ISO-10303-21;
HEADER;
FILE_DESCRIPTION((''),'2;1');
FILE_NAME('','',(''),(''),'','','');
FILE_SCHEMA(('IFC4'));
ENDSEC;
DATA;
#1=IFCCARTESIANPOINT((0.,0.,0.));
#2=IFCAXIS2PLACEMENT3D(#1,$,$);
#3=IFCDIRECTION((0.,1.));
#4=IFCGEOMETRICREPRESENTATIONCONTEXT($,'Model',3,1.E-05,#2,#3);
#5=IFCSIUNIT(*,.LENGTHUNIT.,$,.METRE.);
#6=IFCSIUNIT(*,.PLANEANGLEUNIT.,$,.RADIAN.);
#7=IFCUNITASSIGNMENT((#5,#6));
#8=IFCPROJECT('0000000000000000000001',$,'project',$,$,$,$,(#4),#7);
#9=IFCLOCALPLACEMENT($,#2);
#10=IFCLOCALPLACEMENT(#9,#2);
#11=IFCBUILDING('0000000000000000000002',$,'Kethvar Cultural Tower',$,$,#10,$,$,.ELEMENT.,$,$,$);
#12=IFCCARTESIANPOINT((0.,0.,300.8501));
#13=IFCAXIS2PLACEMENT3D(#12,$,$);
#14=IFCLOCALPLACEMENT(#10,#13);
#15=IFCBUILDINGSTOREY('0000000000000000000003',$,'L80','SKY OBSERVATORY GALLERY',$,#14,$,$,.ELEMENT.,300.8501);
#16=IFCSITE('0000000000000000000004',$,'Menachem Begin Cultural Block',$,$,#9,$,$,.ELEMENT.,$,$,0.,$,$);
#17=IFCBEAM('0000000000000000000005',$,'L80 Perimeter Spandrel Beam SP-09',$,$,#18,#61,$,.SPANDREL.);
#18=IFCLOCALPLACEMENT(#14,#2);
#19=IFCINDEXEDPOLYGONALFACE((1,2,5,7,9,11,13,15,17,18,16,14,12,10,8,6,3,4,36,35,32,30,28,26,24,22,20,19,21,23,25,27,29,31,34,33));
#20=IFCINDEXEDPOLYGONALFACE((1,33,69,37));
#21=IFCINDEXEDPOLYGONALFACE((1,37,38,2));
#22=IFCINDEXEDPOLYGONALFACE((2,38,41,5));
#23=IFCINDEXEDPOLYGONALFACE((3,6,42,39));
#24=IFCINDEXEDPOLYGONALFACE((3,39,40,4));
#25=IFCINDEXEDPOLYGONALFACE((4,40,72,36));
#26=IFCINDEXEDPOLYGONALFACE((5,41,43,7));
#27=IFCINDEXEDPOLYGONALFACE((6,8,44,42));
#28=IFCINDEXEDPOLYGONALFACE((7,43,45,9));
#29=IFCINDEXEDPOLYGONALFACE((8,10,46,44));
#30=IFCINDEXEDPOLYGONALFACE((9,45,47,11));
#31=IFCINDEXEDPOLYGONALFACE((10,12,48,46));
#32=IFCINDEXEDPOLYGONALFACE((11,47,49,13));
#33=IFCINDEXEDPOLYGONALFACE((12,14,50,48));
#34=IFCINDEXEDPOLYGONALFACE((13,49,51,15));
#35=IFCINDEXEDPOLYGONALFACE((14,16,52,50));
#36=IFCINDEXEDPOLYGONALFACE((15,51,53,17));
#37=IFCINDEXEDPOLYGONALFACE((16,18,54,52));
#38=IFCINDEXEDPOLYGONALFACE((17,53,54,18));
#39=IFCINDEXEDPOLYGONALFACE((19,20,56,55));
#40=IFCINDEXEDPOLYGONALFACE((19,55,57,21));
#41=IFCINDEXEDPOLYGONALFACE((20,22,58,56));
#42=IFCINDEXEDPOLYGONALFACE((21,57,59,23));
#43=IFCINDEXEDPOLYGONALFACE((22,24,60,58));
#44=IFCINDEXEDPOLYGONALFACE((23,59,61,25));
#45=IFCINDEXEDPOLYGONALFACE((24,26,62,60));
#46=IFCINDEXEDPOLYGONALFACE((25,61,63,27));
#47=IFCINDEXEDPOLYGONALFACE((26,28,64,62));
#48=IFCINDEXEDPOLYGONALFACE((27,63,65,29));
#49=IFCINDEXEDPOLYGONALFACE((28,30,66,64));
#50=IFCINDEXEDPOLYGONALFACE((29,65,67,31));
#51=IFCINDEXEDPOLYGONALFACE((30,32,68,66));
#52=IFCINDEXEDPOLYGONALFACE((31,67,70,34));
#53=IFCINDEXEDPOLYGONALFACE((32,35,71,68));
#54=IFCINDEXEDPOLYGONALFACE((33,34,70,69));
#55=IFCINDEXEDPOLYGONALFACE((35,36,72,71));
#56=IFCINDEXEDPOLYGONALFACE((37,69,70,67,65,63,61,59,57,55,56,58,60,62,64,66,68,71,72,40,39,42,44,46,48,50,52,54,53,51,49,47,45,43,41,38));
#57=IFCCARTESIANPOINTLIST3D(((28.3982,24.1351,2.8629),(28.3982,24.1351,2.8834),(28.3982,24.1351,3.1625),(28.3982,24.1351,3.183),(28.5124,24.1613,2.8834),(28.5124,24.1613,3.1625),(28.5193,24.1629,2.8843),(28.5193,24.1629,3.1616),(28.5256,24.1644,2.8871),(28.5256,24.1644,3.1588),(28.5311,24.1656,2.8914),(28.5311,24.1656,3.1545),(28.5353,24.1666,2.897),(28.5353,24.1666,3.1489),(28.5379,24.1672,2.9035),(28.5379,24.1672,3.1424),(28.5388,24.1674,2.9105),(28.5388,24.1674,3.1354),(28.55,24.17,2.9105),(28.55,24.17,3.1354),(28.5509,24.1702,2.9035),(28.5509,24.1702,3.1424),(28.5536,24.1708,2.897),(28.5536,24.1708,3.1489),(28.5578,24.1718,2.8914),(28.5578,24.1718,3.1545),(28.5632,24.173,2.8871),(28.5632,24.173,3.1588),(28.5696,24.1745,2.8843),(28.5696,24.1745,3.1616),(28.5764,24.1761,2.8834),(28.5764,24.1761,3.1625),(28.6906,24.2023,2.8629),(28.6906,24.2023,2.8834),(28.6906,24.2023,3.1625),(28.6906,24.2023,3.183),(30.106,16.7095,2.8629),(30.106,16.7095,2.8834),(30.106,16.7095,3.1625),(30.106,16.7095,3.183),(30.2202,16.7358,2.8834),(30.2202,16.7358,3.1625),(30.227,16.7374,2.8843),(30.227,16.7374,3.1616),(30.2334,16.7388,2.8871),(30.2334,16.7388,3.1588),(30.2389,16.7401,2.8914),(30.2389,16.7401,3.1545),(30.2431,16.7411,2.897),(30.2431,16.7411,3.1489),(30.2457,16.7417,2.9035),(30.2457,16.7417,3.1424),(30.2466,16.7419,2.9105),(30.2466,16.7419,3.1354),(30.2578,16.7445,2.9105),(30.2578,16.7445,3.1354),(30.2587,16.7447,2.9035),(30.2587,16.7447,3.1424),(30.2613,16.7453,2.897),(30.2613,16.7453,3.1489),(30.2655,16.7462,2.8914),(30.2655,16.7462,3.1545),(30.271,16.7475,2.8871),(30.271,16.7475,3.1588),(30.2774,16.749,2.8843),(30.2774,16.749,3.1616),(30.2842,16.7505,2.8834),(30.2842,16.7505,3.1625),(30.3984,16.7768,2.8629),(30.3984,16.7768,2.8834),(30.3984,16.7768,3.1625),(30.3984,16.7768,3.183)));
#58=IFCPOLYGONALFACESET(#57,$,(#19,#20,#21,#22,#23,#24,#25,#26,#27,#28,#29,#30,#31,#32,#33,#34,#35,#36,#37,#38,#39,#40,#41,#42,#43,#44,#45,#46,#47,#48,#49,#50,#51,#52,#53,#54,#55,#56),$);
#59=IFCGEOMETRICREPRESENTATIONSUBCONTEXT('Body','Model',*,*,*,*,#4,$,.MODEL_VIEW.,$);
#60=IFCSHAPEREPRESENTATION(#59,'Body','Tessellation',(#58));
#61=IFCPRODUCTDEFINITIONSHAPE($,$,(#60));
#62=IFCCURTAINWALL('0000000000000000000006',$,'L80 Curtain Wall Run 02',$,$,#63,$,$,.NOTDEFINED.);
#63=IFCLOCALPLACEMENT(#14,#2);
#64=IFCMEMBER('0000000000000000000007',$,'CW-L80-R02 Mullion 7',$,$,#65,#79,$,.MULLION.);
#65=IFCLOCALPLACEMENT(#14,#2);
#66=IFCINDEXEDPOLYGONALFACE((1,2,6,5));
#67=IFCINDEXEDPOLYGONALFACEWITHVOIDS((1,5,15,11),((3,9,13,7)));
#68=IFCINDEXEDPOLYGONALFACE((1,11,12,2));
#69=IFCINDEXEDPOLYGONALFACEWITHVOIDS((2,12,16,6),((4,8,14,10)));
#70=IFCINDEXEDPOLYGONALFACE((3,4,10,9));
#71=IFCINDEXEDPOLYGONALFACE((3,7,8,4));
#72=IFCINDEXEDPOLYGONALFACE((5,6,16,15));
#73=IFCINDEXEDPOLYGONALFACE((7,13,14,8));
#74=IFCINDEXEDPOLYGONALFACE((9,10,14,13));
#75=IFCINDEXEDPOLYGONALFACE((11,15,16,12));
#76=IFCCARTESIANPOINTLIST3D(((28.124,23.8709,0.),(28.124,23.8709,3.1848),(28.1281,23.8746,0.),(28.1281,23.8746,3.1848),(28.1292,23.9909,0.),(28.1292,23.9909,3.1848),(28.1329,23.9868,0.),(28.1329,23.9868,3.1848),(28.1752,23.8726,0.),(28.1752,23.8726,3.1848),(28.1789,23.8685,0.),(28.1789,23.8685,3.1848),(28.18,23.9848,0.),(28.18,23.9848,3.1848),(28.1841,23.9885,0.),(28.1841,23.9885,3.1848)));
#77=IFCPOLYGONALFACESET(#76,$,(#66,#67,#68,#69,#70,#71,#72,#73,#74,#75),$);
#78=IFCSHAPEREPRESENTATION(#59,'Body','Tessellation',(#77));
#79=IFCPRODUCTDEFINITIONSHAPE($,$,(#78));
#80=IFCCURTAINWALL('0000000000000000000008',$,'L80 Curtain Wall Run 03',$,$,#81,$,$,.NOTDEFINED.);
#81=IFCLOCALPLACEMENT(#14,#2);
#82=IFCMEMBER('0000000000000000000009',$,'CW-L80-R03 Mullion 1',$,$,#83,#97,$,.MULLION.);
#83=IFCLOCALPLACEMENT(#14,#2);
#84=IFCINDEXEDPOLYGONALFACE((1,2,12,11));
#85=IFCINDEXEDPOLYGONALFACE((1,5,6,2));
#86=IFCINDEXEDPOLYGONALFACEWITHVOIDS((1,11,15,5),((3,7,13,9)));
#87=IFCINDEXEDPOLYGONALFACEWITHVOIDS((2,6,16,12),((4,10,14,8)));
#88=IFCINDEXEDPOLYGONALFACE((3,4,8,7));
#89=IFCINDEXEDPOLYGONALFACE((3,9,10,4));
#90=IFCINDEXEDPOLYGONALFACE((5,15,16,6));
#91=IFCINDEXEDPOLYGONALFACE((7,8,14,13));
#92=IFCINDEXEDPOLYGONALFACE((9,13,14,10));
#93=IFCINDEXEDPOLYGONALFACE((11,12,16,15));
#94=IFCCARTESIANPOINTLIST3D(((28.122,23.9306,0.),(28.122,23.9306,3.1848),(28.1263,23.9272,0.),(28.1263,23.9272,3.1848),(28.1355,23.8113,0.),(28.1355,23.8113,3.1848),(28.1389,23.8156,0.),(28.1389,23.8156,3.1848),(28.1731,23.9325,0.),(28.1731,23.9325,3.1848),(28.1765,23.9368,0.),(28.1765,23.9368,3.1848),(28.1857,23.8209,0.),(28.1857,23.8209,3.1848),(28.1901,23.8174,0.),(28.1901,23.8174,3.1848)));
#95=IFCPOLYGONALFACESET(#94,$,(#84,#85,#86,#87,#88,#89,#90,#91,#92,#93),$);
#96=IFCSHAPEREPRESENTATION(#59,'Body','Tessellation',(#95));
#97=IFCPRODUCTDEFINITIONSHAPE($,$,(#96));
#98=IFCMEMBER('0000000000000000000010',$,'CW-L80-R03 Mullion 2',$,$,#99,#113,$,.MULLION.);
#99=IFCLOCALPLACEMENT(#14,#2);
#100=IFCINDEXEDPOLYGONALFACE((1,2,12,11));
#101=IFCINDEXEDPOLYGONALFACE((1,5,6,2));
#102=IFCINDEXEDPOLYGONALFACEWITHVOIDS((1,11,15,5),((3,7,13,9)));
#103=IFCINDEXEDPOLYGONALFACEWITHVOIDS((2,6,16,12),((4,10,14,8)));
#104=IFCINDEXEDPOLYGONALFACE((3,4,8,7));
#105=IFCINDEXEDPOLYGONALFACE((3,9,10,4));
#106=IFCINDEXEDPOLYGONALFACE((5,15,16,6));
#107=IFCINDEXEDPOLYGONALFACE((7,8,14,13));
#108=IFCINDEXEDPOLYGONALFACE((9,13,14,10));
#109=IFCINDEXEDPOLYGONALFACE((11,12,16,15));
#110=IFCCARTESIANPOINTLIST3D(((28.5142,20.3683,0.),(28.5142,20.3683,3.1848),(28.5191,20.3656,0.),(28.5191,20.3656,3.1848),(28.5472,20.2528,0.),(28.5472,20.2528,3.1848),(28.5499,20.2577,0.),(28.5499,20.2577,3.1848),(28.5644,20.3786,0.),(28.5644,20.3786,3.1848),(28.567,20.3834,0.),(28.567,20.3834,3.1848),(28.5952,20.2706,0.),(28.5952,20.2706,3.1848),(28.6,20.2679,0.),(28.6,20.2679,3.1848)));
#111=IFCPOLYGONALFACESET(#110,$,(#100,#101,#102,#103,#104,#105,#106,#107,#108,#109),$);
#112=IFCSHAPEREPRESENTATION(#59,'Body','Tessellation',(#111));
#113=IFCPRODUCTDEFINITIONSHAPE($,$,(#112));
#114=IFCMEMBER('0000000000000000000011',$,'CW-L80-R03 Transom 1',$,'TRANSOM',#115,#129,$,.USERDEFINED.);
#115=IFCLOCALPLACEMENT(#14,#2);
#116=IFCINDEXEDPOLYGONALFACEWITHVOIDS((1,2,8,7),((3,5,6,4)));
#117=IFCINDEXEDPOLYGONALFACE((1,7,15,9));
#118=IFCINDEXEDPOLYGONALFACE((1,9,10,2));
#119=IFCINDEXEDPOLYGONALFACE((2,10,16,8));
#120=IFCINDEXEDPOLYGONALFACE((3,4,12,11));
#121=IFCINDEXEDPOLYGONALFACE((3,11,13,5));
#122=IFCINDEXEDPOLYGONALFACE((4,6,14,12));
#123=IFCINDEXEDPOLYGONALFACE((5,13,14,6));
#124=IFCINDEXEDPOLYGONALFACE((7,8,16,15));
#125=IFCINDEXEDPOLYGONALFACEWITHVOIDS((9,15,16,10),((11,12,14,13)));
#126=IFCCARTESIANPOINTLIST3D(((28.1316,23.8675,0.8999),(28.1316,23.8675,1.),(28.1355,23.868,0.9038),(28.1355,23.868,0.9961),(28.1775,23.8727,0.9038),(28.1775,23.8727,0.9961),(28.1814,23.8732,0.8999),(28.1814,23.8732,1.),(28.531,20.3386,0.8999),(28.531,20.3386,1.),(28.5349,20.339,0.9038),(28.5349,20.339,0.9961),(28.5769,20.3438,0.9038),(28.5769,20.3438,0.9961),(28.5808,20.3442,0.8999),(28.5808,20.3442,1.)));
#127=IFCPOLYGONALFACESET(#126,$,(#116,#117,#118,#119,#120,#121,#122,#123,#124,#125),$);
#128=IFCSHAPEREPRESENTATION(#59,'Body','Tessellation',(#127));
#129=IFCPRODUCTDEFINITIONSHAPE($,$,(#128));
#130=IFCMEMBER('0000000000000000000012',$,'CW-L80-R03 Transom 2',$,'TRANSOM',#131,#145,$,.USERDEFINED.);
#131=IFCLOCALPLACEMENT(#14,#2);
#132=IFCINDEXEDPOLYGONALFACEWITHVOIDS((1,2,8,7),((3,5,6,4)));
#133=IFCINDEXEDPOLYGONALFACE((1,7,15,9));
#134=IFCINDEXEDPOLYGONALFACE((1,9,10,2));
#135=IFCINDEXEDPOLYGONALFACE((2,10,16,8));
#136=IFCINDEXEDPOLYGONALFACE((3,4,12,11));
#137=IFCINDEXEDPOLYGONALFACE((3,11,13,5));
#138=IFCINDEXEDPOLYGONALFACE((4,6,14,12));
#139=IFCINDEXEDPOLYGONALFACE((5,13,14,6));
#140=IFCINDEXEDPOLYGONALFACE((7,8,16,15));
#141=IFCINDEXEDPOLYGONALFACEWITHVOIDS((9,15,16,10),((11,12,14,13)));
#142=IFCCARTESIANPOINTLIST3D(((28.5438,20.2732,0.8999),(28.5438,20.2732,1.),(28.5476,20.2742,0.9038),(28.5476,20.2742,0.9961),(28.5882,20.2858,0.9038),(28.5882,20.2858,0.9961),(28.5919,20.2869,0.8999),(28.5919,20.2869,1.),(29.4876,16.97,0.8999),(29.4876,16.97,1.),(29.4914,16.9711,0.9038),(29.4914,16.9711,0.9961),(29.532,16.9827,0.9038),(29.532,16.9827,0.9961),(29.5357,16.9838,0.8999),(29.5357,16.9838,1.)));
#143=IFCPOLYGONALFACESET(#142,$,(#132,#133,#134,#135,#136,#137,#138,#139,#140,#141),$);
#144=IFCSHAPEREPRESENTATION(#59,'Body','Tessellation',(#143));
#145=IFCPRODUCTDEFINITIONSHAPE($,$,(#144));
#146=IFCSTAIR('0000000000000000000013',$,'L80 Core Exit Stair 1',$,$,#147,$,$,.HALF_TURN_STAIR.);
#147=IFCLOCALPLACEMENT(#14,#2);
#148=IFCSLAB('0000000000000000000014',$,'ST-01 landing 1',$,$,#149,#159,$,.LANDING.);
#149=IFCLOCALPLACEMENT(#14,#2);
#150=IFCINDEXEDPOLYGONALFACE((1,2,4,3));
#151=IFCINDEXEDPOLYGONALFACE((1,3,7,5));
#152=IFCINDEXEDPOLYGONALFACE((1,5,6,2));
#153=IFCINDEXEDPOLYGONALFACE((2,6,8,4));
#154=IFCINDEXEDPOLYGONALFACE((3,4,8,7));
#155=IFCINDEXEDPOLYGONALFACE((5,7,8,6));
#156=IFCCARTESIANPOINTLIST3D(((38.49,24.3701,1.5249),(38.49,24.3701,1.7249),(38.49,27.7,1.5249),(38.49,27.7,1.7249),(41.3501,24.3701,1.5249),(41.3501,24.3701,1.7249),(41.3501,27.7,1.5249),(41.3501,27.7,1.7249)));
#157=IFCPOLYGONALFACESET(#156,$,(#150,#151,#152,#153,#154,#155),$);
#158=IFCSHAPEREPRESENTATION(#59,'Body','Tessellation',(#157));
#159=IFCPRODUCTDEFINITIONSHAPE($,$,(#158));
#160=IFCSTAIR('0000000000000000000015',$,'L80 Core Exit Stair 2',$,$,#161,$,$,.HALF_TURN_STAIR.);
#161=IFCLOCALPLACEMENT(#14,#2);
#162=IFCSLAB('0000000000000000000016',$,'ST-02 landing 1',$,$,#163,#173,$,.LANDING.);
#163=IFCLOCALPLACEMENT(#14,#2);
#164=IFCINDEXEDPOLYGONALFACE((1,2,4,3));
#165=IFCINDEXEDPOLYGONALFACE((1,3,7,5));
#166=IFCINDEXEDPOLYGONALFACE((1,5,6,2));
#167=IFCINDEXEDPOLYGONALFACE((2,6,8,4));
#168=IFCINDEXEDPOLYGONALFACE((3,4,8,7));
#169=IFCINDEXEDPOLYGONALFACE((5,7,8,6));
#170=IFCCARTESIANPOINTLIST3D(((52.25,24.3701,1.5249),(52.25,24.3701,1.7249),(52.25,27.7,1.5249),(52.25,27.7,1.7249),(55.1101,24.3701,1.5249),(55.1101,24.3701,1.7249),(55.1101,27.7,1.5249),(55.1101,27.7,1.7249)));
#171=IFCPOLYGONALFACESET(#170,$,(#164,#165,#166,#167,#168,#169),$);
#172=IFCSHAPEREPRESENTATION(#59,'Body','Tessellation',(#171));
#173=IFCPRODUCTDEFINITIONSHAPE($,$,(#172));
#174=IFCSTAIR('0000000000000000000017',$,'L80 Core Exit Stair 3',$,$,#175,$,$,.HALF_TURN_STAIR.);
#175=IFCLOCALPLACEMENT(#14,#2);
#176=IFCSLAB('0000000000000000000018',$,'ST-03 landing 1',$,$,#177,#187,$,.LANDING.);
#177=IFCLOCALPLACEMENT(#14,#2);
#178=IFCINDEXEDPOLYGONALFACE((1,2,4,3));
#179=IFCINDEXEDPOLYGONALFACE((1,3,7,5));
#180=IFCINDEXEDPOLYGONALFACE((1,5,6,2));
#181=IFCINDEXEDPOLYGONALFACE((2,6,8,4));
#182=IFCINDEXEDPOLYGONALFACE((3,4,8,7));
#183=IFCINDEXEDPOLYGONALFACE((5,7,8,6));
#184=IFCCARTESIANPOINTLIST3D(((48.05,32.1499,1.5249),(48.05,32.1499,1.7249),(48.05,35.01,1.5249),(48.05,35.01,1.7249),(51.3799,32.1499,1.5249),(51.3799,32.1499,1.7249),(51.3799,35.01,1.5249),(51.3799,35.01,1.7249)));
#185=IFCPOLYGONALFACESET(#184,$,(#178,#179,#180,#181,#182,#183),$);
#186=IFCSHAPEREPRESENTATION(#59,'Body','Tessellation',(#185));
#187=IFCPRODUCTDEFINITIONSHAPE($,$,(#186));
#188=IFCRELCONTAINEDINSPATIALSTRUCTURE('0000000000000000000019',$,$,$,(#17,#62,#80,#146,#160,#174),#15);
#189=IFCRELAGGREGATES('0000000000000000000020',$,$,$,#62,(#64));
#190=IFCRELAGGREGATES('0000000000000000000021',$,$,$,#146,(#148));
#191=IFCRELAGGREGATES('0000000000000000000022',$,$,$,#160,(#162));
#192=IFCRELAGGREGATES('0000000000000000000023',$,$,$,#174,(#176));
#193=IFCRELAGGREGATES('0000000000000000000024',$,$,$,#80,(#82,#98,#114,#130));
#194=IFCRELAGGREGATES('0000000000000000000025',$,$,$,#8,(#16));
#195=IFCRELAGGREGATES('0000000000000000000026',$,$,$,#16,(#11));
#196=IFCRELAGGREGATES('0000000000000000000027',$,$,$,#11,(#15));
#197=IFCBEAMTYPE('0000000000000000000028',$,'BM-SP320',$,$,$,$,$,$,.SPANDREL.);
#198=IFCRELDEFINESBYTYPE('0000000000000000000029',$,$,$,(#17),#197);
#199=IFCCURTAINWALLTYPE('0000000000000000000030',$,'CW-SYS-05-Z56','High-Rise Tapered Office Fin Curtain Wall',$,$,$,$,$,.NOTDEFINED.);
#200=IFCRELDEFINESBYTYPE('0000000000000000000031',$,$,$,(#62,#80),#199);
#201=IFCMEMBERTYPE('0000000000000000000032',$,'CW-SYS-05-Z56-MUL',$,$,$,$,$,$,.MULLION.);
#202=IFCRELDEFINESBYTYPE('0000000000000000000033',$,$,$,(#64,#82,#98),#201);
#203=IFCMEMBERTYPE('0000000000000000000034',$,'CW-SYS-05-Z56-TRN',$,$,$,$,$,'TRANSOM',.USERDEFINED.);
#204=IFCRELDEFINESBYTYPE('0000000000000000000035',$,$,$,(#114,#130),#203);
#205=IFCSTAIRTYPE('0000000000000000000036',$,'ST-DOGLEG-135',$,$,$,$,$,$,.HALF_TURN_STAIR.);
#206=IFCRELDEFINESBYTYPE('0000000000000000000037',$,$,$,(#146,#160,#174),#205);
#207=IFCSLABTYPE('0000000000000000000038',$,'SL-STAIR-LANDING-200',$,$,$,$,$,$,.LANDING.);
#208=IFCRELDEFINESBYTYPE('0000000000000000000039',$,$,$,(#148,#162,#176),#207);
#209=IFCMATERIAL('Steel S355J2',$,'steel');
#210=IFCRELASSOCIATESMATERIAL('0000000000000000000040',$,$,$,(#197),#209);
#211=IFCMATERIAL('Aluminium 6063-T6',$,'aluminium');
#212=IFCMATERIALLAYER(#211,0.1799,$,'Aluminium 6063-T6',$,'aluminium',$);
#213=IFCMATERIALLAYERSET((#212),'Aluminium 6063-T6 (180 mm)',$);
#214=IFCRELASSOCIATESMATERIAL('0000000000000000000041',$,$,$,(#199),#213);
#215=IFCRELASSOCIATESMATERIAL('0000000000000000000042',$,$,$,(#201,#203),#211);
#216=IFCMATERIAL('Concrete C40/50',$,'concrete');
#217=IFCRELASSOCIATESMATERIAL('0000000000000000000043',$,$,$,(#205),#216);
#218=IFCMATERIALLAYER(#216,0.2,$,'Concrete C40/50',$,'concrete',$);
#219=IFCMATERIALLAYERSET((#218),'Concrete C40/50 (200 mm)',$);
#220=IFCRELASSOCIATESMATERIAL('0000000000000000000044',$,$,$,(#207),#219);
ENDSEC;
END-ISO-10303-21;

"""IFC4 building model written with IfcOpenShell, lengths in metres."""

from ifc_helpers import new_model, si_unit, direction, frame, origin, origin_2d, place, context, subcontext, project, spatial, polyline, hollow_rectangle, i_section, outline, extrude, source, transform, mapped, material, layer, layer_set, material_profile, profile_set, type_object, element, aggregate, save


model = new_model("IFC4")

# Units and contexts
model_context = context("Model", 3, precision=1e-05, world=origin(), true_north=direction((0.0, 1.0)))
body_context = subcontext(model_context, "Body", "Model", "MODEL_VIEW")
ifc_project = project(units=[si_unit("LENGTHUNIT", "METRE"), si_unit("PLANEANGLEUNIT", "RADIAN")], contexts=[model_context])

# Site, building, storey
site_placement = place(None, origin())
site = spatial("IfcSite", under=ifc_project, at=site_placement, Name="Menachem Begin Cultural Block", CompositionType="ELEMENT", RefElevation=0.0)
building_placement = place(site_placement, origin())
building = spatial("IfcBuilding", under=site, at=building_placement, Name="Kethvar Cultural Tower", CompositionType="ELEMENT")
storey_placement = place(building_placement, frame((0.0, 0.0, 300.8501)))
storey = spatial("IfcBuildingStorey", under=building, at=storey_placement, Name="L80", Description="SKY OBSERVATORY GALLERY", CompositionType="ELEMENT", Elevation=300.8501)

# Beam
ifc_material_1 = material(Name="Steel S355J2", Category="steel")
ifc_material_profile_1 = material_profile(ifc_material_1, i_section(OverallWidth=0.3, OverallDepth=0.3201, WebThickness=0.0115, FlangeThickness=0.0205, FilletRadius=0.0271, at=origin_2d()), Name="Steel S355J2 — HEB320")
ifc_profile_set_1 = profile_set([ifc_material_profile_1], Name="Steel S355J2 — HEB320")
beam_type = type_object("IfcBeamType", Name="BM-SP320", PredefinedType="SPANDREL", material=ifc_profile_set_1)
shared_shape_1 = source(origin(), body_context, "Body", "SweptSolid", [
    extrude(i_section(OverallWidth=0.3, OverallDepth=0.3201, WebThickness=0.0115, FlangeThickness=0.0205, FilletRadius=0.0271, at=origin_2d()), origin(), (0.0, 0.0, 1.0), 7.6194),
])
beam_placement = place(storey_placement, frame((28.5444, 24.1687, 3.0229), z_axis=(0.224134, -0.974558, 0.0), x_axis=(0.974558, 0.224134, 0.0)))
element("IfcBeam", 1, at=beam_placement, inside=storey, type_object=beam_type, Name="L80 Perimeter Spandrel Beam SP-09", PredefinedType="SPANDREL", context=body_context, shape_type="MappedRepresentation", body=[
    mapped(shared_shape_1, transform((0.0, 0.0, 0.0), scale=1.0)),
])

# Curtain wall, member
ifc_material_2 = material(Name="Aluminium 6063-T6", Category="aluminium")
ifc_layer_1 = layer(ifc_material_2, 0.1799, Name="Aluminium 6063-T6", Category="aluminium")
ifc_layer_set_1 = layer_set([ifc_layer_1], Name="Aluminium 6063-T6 (180 mm)")
curtain_wall_type = type_object("IfcCurtainWallType", Name="CW-SYS-05-Z56", Description="High-Rise Tapered Office Fin Curtain Wall", PredefinedType="NOTDEFINED", material=ifc_layer_set_1)
curtain_wall_1_placement = place(storey_placement, origin())
curtain_wall_1 = element("IfcCurtainWall", 2, at=curtain_wall_1_placement, inside=storey, type_object=curtain_wall_type, Name="L80 Curtain Wall Run 02", PredefinedType="NOTDEFINED")
ifc_material_profile_2 = material_profile(ifc_material_2, hollow_rectangle(XDim=0.0549, YDim=0.1201, WallThickness=0.0039, at=origin_2d()), Name="Aluminium 6063-T6 — RHS120x55x4")
ifc_profile_set_2 = profile_set([ifc_material_profile_2], Name="Aluminium 6063-T6 — RHS120x55x4")
member_type_1 = type_object("IfcMemberType", Name="CW-SYS-05-Z56-MUL", PredefinedType="MULLION", material=ifc_profile_set_2)
shared_shape_2 = source(origin(), body_context, "Body", "SweptSolid", [
    extrude(hollow_rectangle(XDim=0.0549, YDim=0.1201, WallThickness=0.0039, at=origin_2d()), origin(), (0.0, 0.0, 1.0), 3.1848),
])
member_1_placement = place(storey_placement, frame((28.1541, 23.9297, 0.0), z_axis=(0.0, 0.0, 1.0), x_axis=(0.999063, -0.043271, 0.0)))
member_1 = element("IfcMember", 3, at=member_1_placement, type_object=member_type_1, Name="CW-L80-R02 Mullion 7", PredefinedType="MULLION", context=body_context, shape_type="MappedRepresentation", body=[
    mapped(shared_shape_2, transform((0.0, 0.0, 0.0), scale=1.0)),
])
aggregate(curtain_wall_1, [member_1])

# Curtain wall, members
curtain_wall_2_placement = place(storey_placement, origin())
curtain_wall_2 = element("IfcCurtainWall", 4, at=curtain_wall_2_placement, inside=storey, type_object=curtain_wall_type, Name="L80 Curtain Wall Run 03", PredefinedType="NOTDEFINED")
member_2_placement = place(storey_placement, frame((28.156, 23.874, 0.0), z_axis=(0.0, 0.0, 1.0), x_axis=(0.993657, 0.112458, 0.0)))
member_2 = element("IfcMember", 5, at=member_2_placement, type_object=member_type_1, Name="CW-L80-R03 Mullion 1", PredefinedType="MULLION", context=body_context, shape_type="MappedRepresentation", body=[
    mapped(shared_shape_2, transform((0.0, 0.0, 0.0), scale=1.0)),
])
member_3_placement = place(storey_placement, frame((28.5571, 20.3181, 0.0), z_axis=(0.0, 0.0, 1.0), x_axis=(0.961535, 0.274681, 0.0)))
member_3 = element("IfcMember", 6, at=member_3_placement, type_object=member_type_1, Name="CW-L80-R03 Mullion 2", PredefinedType="MULLION", context=body_context, shape_type="MappedRepresentation", body=[
    mapped(shared_shape_2, transform((0.0, 0.0, 0.0), scale=1.0)),
])
ifc_material_profile_3 = material_profile(ifc_material_2, hollow_rectangle(XDim=0.05, YDim=0.1001, WallThickness=0.0039, at=origin_2d()), Name="Aluminium 6063-T6 — RHS100x50x4")
ifc_profile_set_3 = profile_set([ifc_material_profile_3], Name="Aluminium 6063-T6 — RHS100x50x4")
member_type_2 = type_object("IfcMemberType", Name="CW-SYS-05-Z56-TRN", ElementType="TRANSOM", PredefinedType="USERDEFINED", material=ifc_profile_set_3)
shared_shape_3 = source(origin(), body_context, "Body", "SweptSolid", [
    extrude(hollow_rectangle(XDim=0.05, YDim=0.1001, WallThickness=0.0039, at=origin_2d()), origin(), (0.0, 0.0, 1.0), 3.5515),
])
member_4_placement = place(storey_placement, frame((28.1565, 23.8704, 0.95), z_axis=(0.112461, -0.993656, 0.0), x_axis=(0.993656, 0.112461, 0.0)))
member_4 = element("IfcMember", 7, at=member_4_placement, type_object=member_type_2, Name="CW-L80-R03 Transom 1", ObjectType="TRANSOM", PredefinedType="USERDEFINED", context=body_context, shape_type="MappedRepresentation", body=[
    mapped(shared_shape_3, transform((0.0, 0.0, 0.0), scale=1.0)),
])
shared_shape_4 = source(origin(), body_context, "Body", "SweptSolid", [
    extrude(hollow_rectangle(XDim=0.05, YDim=0.1001, WallThickness=0.0039, at=origin_2d()), origin(), (0.0, 0.0, 1.0), 3.4353),
])
member_5_placement = place(storey_placement, frame((28.5679, 20.28, 0.95), z_axis=(0.27474, -0.961519, 0.0), x_axis=(0.961519, 0.27474, 0.0)))
member_5 = element("IfcMember", 8, at=member_5_placement, type_object=member_type_2, Name="CW-L80-R03 Transom 2", ObjectType="TRANSOM", PredefinedType="USERDEFINED", context=body_context, shape_type="MappedRepresentation", body=[
    mapped(shared_shape_4, transform((0.0, 0.0, 0.0), scale=1.0)),
])

# Stairs, slabs
ifc_material_3 = material(Name="Concrete C40/50", Category="concrete")
stair_type = type_object("IfcStairType", Name="ST-DOGLEG-135", PredefinedType="HALF_TURN_STAIR", material=ifc_material_3)
stair_1_placement = place(storey_placement, origin())
stair_1 = element("IfcStair", 9, at=stair_1_placement, inside=storey, type_object=stair_type, Name="L80 Core Exit Stair 1", PredefinedType="HALF_TURN_STAIR")
ifc_layer_2 = layer(ifc_material_3, 0.2, Name="Concrete C40/50", Category="concrete")
ifc_layer_set_2 = layer_set([ifc_layer_2], Name="Concrete C40/50 (200 mm)")
slab_type_1 = type_object("IfcSlabType", Name="SL-STAIR-LANDING-200", PredefinedType="LANDING", material=ifc_layer_set_2)
slab_1_placement = place(storey_placement, frame((0.0, 0.0, 1.5249)))
slab_1 = element("IfcSlab", 10, at=slab_1_placement, type_object=slab_type_1, Name="ST-01 landing 1", PredefinedType="LANDING", context=body_context, shape_type="SweptSolid", body=[
    extrude(outline(polyline([(41.3501, 24.3701), (41.3501, 27.7), (38.49, 27.7), (38.49, 24.3701), (41.3501, 24.3701)])), origin(), (0.0, 0.0, 1.0), 0.2),
])
aggregate(stair_1, [slab_1])
stair_2_placement = place(storey_placement, origin())
stair_2 = element("IfcStair", 11, at=stair_2_placement, inside=storey, type_object=stair_type, Name="L80 Core Exit Stair 2", PredefinedType="HALF_TURN_STAIR")
slab_2_placement = place(storey_placement, frame((0.0, 0.0, 1.5249)))
slab_2 = element("IfcSlab", 12, at=slab_2_placement, type_object=slab_type_1, Name="ST-02 landing 1", PredefinedType="LANDING", context=body_context, shape_type="SweptSolid", body=[
    extrude(outline(polyline([(55.1101, 24.3701), (55.1101, 27.7), (52.25, 27.7), (52.25, 24.3701), (55.1101, 24.3701)])), origin(), (0.0, 0.0, 1.0), 0.2),
])
aggregate(stair_2, [slab_2])
stair_3_placement = place(storey_placement, origin())
stair_3 = element("IfcStair", 13, at=stair_3_placement, inside=storey, type_object=stair_type, Name="L80 Core Exit Stair 3", PredefinedType="HALF_TURN_STAIR")
slab_3_placement = place(storey_placement, frame((0.0, 0.0, 1.5249)))
slab_3 = element("IfcSlab", 14, at=slab_3_placement, type_object=slab_type_1, Name="ST-03 landing 1", PredefinedType="LANDING", context=body_context, shape_type="SweptSolid", body=[
    extrude(outline(polyline([(51.3799, 35.01), (48.05, 35.01), (48.05, 32.1499), (51.3799, 32.1499), (51.3799, 35.01)])), origin(), (0.0, 0.0, 1.0), 0.2),
])
aggregate(stair_3, [slab_3])

aggregate(curtain_wall_2, [member_2, member_3, member_4, member_5])

save(model, "model.ifc")
